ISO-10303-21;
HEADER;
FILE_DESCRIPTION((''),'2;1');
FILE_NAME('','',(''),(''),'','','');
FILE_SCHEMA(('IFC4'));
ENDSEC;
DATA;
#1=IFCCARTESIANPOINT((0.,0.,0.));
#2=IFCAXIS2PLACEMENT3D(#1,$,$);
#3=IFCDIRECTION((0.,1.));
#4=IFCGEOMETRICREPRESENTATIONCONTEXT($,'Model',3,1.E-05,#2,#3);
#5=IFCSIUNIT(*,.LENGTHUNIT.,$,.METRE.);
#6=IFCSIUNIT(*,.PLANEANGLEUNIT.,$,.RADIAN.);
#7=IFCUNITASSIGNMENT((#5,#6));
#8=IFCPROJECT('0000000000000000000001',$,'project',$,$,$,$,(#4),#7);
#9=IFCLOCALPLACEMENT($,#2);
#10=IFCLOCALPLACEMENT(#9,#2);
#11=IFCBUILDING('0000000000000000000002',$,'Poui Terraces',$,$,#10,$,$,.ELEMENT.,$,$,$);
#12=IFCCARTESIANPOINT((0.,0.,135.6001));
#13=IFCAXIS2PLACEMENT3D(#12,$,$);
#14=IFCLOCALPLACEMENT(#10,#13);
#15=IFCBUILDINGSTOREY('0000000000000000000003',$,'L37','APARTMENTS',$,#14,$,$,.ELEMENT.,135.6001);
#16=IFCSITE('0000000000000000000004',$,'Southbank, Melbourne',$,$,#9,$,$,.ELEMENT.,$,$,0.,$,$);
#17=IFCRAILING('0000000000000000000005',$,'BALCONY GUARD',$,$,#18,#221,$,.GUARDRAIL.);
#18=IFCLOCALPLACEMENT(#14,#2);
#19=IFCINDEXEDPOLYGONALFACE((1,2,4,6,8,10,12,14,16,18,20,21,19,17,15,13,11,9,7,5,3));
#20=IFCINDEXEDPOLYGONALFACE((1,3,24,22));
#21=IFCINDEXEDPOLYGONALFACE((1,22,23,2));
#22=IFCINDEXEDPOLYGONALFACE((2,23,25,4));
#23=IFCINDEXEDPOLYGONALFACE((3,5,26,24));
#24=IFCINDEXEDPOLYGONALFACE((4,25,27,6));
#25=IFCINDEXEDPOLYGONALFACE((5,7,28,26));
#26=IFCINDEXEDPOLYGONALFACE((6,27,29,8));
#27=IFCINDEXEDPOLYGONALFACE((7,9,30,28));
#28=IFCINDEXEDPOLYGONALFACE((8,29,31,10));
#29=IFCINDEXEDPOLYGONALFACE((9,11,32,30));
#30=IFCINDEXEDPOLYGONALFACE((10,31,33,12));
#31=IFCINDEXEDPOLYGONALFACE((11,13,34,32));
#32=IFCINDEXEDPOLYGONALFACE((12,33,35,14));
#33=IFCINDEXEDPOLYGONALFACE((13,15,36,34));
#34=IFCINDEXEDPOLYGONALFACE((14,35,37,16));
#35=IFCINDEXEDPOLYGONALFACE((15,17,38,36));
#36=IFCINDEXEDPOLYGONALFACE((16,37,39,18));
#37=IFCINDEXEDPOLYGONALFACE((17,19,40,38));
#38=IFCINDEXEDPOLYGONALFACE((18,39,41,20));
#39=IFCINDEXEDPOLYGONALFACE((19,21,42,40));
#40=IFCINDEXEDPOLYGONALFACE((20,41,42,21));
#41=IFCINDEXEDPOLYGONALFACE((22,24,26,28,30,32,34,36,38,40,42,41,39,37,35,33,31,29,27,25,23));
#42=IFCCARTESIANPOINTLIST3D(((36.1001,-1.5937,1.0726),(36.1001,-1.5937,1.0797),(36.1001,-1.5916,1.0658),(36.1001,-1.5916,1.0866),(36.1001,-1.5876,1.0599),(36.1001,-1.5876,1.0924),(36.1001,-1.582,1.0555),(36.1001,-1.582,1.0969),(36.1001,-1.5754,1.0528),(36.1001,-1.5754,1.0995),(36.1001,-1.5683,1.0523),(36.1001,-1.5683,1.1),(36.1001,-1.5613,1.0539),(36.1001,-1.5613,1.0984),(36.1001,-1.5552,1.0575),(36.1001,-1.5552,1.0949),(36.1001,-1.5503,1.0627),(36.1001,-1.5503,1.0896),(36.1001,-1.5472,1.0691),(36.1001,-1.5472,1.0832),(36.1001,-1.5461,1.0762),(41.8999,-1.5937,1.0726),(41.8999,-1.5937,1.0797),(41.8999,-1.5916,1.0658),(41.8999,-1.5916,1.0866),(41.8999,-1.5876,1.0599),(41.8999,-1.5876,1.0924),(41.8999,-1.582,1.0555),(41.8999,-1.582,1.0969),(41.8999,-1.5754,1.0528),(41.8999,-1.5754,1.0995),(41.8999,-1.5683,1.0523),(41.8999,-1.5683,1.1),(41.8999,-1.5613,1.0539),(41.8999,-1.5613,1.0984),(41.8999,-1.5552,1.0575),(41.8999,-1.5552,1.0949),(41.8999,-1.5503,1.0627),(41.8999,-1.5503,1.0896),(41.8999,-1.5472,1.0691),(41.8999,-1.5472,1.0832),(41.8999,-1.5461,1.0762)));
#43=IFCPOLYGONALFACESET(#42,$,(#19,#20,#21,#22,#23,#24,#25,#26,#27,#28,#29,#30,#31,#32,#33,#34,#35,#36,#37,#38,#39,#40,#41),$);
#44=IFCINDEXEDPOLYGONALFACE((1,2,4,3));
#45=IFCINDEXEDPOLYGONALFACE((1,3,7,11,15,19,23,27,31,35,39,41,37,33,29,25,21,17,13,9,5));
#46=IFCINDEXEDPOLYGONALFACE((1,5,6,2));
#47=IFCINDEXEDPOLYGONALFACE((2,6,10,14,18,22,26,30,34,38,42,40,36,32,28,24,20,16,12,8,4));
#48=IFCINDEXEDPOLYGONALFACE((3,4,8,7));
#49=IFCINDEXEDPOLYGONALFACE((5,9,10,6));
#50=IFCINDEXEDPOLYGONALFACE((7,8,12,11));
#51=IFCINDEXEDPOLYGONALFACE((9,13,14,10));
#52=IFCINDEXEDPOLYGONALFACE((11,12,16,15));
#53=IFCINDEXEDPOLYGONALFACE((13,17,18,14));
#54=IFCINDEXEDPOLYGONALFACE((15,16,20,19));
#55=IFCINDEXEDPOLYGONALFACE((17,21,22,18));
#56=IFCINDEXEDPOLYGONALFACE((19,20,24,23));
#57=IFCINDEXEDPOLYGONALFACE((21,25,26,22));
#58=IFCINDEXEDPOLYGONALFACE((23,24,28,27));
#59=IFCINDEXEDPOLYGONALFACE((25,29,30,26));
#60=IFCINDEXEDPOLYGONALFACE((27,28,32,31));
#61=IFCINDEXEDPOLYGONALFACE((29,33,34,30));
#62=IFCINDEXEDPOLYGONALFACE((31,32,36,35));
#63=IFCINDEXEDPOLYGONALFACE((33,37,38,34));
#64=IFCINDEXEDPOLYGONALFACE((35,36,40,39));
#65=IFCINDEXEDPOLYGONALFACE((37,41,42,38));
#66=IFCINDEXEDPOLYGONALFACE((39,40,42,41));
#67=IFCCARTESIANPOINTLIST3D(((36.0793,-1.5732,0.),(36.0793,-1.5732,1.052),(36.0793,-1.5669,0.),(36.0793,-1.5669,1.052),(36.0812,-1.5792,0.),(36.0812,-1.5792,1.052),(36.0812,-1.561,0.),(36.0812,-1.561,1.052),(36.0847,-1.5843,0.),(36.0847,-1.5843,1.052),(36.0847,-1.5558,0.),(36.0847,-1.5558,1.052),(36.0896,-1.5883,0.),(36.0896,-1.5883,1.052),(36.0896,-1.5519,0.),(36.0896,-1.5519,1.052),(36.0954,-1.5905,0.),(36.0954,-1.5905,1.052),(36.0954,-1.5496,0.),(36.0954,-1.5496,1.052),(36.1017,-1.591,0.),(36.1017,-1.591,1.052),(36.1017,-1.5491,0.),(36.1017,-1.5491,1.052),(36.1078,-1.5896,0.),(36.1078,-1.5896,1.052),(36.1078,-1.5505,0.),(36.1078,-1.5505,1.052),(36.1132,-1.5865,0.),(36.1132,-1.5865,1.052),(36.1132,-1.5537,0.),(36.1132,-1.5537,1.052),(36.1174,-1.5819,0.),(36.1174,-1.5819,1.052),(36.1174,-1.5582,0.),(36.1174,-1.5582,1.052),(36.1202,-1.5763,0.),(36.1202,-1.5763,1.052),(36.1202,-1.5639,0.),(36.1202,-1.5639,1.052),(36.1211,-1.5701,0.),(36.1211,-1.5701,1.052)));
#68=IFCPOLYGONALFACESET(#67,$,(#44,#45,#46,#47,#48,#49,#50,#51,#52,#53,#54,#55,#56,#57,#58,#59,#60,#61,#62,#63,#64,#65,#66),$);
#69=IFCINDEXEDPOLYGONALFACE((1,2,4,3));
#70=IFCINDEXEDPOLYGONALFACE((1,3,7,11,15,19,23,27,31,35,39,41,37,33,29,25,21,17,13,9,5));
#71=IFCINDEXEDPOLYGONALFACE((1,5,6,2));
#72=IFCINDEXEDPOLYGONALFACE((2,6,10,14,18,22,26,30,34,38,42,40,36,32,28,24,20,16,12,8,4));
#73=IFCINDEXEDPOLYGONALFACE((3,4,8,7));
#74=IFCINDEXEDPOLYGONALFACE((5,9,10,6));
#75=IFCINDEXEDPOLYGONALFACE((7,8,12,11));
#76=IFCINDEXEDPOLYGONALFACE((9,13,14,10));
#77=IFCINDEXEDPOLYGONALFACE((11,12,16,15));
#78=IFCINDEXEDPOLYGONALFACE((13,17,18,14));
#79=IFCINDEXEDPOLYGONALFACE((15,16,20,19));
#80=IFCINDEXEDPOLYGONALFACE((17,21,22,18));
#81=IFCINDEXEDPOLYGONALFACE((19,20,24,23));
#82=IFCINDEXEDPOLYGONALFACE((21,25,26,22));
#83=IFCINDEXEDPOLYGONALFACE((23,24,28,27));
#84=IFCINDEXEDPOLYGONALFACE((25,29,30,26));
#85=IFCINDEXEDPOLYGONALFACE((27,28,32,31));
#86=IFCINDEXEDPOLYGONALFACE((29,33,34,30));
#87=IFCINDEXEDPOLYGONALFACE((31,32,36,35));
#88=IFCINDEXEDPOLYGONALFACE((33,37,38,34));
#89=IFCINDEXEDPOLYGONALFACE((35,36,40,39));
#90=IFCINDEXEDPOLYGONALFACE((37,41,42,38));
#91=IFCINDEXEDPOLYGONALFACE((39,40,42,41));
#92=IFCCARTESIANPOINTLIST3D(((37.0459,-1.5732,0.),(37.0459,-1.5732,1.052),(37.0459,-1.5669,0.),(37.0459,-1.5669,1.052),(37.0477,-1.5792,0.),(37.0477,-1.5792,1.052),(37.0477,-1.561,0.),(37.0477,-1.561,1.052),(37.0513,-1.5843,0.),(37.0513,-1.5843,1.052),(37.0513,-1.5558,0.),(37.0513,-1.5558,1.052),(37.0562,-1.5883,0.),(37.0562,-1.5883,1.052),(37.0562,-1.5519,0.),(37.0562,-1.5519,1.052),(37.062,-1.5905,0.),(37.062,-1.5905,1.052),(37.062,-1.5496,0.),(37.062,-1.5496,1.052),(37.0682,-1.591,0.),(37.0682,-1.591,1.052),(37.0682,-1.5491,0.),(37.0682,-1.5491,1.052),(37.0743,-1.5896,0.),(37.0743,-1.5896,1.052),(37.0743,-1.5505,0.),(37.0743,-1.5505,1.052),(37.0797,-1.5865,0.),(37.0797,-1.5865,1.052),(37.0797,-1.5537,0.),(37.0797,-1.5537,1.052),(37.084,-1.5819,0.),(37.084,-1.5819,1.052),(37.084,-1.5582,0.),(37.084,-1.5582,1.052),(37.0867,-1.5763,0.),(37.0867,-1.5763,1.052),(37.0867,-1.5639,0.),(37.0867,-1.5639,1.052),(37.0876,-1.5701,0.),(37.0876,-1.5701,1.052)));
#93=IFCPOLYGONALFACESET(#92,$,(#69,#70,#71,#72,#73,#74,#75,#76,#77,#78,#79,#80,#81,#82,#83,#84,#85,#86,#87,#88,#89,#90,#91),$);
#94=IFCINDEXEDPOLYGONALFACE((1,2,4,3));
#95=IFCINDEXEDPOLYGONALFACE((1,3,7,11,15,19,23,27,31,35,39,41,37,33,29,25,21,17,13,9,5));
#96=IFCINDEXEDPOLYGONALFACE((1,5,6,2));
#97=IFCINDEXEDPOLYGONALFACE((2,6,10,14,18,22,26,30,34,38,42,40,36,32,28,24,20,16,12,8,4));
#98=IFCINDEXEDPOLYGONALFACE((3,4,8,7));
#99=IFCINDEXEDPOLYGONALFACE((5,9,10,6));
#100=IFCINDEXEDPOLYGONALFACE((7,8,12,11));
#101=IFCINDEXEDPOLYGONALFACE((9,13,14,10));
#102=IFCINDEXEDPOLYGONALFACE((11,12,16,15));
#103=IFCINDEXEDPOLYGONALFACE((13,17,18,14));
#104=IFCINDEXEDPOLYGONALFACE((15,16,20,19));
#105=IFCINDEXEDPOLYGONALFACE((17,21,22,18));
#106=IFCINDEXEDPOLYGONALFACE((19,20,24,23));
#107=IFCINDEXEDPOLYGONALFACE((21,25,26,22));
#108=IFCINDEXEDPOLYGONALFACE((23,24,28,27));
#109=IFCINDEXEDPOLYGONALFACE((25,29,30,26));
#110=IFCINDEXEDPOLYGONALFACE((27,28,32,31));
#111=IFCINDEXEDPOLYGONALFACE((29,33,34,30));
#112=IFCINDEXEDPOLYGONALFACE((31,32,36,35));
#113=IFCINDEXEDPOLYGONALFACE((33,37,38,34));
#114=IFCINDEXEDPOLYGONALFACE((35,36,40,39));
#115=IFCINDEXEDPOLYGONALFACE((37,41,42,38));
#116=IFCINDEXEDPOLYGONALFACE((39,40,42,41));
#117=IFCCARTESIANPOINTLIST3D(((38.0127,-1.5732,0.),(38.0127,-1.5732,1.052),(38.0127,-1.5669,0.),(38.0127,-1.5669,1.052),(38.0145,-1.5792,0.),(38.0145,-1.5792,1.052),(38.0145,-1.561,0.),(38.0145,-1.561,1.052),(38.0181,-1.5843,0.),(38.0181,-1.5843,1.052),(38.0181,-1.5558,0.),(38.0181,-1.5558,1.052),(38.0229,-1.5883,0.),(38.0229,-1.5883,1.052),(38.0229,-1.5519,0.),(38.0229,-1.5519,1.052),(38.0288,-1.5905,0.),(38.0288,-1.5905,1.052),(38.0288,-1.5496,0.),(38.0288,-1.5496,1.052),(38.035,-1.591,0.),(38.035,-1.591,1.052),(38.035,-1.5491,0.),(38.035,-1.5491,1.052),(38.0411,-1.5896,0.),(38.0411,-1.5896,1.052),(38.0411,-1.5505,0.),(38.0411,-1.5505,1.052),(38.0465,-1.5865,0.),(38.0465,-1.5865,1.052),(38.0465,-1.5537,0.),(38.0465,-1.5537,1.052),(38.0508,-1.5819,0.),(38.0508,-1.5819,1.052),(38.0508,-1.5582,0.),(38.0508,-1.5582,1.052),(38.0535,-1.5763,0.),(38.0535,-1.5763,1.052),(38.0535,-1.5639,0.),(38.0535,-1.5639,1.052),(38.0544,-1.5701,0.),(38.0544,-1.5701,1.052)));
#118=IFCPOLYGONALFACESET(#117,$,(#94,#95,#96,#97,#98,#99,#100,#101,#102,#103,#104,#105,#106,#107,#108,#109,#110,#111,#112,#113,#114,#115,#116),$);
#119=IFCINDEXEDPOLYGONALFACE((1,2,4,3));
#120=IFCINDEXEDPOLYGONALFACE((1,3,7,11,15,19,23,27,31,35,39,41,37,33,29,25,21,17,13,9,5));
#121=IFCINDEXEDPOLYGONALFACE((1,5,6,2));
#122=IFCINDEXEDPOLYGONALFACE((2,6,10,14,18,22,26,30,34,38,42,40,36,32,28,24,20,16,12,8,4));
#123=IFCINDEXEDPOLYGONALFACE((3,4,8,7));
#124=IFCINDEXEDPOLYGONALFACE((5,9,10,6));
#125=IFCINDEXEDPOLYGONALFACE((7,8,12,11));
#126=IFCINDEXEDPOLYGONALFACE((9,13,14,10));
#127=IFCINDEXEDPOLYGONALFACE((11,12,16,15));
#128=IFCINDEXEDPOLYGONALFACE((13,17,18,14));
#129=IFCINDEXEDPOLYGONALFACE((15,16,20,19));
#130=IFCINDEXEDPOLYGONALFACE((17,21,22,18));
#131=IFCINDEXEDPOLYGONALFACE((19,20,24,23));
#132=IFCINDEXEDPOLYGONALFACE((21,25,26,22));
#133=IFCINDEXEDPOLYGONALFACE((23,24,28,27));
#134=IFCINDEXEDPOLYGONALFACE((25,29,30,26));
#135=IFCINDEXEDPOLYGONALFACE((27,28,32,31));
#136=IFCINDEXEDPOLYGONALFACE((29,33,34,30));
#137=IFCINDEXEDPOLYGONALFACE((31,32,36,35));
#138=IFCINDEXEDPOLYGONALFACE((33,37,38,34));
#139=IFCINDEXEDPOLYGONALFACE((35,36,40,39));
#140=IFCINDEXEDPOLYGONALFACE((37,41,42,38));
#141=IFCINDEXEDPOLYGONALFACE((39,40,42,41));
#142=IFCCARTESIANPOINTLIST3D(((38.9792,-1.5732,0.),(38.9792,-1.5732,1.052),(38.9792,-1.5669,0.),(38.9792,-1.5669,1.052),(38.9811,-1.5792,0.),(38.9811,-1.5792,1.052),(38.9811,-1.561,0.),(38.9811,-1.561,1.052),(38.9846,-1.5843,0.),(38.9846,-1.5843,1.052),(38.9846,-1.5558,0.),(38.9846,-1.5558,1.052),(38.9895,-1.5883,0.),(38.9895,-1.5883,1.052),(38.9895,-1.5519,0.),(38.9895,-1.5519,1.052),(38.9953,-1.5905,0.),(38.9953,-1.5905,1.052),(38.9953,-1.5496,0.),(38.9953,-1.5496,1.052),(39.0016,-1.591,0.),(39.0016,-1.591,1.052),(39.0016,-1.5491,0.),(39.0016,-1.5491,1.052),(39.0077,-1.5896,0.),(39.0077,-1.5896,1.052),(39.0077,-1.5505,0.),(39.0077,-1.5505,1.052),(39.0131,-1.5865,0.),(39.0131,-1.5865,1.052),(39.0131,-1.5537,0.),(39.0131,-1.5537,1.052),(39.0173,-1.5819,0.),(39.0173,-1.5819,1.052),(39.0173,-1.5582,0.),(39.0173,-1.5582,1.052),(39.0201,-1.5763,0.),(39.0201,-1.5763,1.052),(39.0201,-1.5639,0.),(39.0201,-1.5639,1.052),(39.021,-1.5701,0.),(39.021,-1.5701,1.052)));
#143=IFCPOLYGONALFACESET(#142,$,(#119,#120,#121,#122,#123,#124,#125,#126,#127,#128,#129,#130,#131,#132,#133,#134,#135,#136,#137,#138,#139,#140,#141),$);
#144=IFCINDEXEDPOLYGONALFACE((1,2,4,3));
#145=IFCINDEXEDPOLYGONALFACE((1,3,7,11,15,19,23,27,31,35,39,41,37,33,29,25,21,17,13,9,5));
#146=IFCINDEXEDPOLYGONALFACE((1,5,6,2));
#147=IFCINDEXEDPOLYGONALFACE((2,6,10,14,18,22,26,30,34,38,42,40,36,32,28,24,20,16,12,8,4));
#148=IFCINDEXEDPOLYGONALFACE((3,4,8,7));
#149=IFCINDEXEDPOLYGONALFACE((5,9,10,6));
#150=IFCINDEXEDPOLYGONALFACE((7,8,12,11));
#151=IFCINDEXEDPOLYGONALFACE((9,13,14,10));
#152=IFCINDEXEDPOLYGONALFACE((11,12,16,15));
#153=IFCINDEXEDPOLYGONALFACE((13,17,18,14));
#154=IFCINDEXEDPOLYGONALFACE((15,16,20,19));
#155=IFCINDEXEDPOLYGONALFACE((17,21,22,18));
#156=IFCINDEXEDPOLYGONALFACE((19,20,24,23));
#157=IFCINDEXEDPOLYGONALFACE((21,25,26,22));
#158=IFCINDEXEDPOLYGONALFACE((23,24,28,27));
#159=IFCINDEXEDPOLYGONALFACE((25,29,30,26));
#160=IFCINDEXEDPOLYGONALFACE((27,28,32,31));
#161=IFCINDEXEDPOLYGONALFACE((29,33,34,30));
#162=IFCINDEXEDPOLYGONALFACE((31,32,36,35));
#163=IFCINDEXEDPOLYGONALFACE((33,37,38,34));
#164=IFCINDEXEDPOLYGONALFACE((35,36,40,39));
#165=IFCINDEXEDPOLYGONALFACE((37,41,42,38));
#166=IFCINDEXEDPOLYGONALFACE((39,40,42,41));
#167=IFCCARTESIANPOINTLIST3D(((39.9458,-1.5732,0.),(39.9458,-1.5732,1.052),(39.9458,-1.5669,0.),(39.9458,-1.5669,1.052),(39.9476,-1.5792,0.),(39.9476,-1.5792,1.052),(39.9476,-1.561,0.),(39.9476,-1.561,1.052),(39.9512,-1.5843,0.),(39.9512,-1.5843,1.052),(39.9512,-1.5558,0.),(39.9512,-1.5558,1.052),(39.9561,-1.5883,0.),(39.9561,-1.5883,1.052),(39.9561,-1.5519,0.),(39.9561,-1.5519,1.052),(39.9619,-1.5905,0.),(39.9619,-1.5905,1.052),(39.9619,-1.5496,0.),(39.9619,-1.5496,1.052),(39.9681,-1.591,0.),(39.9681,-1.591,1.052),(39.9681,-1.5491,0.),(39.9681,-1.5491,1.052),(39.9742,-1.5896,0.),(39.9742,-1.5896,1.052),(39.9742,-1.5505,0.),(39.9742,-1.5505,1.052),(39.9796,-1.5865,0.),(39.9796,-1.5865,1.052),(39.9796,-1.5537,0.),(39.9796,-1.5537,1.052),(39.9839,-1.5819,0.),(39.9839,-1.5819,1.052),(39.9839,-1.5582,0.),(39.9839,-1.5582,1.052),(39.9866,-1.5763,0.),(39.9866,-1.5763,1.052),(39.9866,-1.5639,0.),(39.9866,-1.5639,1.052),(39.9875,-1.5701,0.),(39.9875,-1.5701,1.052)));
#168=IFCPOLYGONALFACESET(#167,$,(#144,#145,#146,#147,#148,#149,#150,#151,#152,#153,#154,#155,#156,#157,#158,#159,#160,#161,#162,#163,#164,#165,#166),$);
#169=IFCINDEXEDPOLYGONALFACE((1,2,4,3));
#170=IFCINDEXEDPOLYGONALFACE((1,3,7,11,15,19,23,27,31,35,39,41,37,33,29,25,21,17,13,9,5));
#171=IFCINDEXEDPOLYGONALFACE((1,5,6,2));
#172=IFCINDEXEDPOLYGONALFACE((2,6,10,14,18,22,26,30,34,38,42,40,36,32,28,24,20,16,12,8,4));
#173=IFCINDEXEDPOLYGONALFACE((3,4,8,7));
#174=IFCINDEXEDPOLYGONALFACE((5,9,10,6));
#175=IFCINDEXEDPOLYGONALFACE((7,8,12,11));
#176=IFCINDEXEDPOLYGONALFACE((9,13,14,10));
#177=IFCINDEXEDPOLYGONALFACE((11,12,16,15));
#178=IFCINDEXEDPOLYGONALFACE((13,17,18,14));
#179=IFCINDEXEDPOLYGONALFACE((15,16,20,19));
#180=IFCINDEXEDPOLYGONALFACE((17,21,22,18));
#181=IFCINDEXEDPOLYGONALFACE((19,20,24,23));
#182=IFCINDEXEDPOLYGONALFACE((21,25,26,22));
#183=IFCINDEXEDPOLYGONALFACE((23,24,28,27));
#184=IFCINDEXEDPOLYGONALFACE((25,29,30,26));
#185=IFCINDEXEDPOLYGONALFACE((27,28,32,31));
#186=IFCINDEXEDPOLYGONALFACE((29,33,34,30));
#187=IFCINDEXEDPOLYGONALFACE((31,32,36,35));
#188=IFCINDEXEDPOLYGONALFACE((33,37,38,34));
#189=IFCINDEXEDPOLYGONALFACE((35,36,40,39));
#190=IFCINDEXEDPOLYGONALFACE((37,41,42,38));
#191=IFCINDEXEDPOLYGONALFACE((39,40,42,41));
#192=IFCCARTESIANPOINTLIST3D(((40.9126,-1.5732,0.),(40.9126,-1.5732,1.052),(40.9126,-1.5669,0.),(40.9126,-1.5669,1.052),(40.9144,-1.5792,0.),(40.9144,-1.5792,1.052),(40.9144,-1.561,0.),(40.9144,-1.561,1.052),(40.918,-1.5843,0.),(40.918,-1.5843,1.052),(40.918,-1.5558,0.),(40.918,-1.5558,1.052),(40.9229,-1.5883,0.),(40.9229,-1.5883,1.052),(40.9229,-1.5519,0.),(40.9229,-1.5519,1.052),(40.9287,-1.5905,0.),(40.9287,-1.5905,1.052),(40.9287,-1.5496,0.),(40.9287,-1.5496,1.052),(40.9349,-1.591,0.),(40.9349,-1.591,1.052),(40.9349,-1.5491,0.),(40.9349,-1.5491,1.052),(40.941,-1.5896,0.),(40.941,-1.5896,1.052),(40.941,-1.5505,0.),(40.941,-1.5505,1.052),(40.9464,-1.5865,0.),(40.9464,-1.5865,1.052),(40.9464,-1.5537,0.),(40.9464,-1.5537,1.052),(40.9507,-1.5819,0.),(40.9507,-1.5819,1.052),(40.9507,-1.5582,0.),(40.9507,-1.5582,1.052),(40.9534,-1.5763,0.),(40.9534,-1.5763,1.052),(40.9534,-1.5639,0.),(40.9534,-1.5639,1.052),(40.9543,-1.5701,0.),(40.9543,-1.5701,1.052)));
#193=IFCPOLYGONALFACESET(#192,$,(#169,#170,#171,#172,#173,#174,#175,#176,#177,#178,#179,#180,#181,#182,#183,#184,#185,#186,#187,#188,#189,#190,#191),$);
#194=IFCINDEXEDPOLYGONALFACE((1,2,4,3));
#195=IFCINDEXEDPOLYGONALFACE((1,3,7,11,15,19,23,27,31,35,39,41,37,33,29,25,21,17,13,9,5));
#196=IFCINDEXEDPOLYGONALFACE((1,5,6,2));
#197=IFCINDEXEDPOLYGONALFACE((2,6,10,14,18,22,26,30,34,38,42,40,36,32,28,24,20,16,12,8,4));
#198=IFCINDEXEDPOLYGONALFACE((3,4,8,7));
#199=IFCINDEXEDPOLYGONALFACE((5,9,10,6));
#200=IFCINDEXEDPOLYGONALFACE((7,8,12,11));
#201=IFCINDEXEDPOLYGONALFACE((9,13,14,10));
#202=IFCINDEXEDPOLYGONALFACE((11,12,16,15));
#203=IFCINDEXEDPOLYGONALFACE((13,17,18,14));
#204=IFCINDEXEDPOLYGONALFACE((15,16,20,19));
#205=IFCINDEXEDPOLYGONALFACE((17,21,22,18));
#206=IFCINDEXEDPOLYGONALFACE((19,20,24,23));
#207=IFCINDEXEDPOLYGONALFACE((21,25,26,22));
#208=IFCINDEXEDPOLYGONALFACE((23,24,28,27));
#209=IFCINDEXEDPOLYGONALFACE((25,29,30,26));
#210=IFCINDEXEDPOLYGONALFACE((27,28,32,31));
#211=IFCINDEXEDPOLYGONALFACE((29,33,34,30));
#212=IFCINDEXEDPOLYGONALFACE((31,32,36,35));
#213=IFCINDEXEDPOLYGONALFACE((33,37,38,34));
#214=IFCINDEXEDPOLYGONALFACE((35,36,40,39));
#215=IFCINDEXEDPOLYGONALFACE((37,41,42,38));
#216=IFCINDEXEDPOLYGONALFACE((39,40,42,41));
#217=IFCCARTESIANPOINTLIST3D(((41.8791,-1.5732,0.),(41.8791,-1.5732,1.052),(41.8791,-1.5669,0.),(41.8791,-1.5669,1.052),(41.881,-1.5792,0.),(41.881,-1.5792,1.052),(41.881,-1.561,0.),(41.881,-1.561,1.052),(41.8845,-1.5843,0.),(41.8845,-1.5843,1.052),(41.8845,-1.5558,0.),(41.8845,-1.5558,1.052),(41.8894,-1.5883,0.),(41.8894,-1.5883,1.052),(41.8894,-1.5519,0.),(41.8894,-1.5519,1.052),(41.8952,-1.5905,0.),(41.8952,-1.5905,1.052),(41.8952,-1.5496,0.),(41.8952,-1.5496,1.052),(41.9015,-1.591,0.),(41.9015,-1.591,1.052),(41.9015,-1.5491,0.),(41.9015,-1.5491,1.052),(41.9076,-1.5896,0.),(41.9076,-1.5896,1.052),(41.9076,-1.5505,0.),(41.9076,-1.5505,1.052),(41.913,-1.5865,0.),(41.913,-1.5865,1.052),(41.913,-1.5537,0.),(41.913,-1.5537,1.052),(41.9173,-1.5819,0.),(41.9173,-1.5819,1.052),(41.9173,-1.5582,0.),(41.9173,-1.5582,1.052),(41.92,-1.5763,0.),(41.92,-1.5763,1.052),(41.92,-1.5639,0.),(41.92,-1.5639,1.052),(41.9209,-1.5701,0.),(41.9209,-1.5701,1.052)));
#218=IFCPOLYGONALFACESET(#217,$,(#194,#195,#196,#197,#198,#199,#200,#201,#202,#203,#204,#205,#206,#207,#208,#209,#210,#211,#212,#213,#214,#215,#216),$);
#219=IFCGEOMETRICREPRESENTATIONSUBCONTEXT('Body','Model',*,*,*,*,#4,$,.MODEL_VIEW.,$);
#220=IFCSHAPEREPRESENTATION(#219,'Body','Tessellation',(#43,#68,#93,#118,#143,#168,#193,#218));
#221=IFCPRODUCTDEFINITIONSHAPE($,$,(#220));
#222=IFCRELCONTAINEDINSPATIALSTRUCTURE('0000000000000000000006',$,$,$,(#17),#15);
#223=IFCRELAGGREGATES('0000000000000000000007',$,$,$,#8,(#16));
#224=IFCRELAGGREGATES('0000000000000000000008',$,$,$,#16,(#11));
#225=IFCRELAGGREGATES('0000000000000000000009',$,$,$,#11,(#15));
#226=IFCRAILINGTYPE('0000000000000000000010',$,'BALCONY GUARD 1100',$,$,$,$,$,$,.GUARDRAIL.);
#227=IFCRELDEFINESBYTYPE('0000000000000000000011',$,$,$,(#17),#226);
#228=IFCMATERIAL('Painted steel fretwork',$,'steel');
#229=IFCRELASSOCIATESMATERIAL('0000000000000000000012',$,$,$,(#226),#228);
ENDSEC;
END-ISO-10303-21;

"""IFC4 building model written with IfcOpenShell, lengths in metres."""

from ifc_helpers import new_model, si_unit, direction, frame, origin, origin_2d, place, context, subcontext, project, spatial, circle, extrude, material, type_object, element, save


model = new_model("IFC4")

# Units and contexts
model_context = context("Model", 3, precision=1e-05, world=origin(), true_north=direction((0.0, 1.0)))
body_context = subcontext(model_context, "Body", "Model", "MODEL_VIEW")
ifc_project = project(units=[si_unit("LENGTHUNIT", "METRE"), si_unit("PLANEANGLEUNIT", "RADIAN")], contexts=[model_context])

# Site, building, storey
site_placement = place(None, origin())
site = spatial("IfcSite", under=ifc_project, at=site_placement, Name="Southbank, Melbourne", CompositionType="ELEMENT", RefElevation=0.0)
building_placement = place(site_placement, origin())
building = spatial("IfcBuilding", under=site, at=building_placement, Name="Poui Terraces", CompositionType="ELEMENT")
storey_placement = place(building_placement, frame((0.0, 0.0, 135.6001)))
storey = spatial("IfcBuildingStorey", under=building, at=storey_placement, Name="L37", Description="APARTMENTS", CompositionType="ELEMENT", Elevation=135.6001)

# Railing
ifc_material_1 = material(Name="Painted steel fretwork", Category="steel")
railing_type = type_object("IfcRailingType", Name="BALCONY GUARD 1100", PredefinedType="GUARDRAIL", material=ifc_material_1)
railing_placement = place(storey_placement, frame((36.1001, -1.5701, 0.0)))
element("IfcRailing", 1, at=railing_placement, inside=storey, type_object=railing_type, Name="BALCONY GUARD", PredefinedType="GUARDRAIL", context=body_context, shape_type="SweptSolid", body=[
    extrude(circle(Radius=0.0239, at=origin_2d()), frame((0.0, 0.0, 1.0762), z_axis=(1.0, 0.0, 0.0), x_axis=(0.0, 1.0, 0.0)), (0.0, 0.0, 1.0), 5.7998),
    extrude(circle(Radius=0.021, at=origin_2d()), origin(), (0.0, 0.0, 1.0), 1.052),
    extrude(circle(Radius=0.021, at=origin_2d()), frame((0.9666, 0.0, 0.0)), (0.0, 0.0, 1.0), 1.052),
    extrude(circle(Radius=0.021, at=origin_2d()), frame((1.9333, 0.0, 0.0)), (0.0, 0.0, 1.0), 1.052),
    extrude(circle(Radius=0.021, at=origin_2d()), frame((2.8999, 0.0, 0.0)), (0.0, 0.0, 1.0), 1.052),
    extrude(circle(Radius=0.021, at=origin_2d()), frame((3.8665, 0.0, 0.0)), (0.0, 0.0, 1.0), 1.052),
    extrude(circle(Radius=0.021, at=origin_2d()), frame((4.8333, 0.0, 0.0)), (0.0, 0.0, 1.0), 1.052),
    extrude(circle(Radius=0.021, at=origin_2d()), frame((5.7998, 0.0, 0.0)), (0.0, 0.0, 1.0), 1.052),
])

save(model, "model.ifc")
